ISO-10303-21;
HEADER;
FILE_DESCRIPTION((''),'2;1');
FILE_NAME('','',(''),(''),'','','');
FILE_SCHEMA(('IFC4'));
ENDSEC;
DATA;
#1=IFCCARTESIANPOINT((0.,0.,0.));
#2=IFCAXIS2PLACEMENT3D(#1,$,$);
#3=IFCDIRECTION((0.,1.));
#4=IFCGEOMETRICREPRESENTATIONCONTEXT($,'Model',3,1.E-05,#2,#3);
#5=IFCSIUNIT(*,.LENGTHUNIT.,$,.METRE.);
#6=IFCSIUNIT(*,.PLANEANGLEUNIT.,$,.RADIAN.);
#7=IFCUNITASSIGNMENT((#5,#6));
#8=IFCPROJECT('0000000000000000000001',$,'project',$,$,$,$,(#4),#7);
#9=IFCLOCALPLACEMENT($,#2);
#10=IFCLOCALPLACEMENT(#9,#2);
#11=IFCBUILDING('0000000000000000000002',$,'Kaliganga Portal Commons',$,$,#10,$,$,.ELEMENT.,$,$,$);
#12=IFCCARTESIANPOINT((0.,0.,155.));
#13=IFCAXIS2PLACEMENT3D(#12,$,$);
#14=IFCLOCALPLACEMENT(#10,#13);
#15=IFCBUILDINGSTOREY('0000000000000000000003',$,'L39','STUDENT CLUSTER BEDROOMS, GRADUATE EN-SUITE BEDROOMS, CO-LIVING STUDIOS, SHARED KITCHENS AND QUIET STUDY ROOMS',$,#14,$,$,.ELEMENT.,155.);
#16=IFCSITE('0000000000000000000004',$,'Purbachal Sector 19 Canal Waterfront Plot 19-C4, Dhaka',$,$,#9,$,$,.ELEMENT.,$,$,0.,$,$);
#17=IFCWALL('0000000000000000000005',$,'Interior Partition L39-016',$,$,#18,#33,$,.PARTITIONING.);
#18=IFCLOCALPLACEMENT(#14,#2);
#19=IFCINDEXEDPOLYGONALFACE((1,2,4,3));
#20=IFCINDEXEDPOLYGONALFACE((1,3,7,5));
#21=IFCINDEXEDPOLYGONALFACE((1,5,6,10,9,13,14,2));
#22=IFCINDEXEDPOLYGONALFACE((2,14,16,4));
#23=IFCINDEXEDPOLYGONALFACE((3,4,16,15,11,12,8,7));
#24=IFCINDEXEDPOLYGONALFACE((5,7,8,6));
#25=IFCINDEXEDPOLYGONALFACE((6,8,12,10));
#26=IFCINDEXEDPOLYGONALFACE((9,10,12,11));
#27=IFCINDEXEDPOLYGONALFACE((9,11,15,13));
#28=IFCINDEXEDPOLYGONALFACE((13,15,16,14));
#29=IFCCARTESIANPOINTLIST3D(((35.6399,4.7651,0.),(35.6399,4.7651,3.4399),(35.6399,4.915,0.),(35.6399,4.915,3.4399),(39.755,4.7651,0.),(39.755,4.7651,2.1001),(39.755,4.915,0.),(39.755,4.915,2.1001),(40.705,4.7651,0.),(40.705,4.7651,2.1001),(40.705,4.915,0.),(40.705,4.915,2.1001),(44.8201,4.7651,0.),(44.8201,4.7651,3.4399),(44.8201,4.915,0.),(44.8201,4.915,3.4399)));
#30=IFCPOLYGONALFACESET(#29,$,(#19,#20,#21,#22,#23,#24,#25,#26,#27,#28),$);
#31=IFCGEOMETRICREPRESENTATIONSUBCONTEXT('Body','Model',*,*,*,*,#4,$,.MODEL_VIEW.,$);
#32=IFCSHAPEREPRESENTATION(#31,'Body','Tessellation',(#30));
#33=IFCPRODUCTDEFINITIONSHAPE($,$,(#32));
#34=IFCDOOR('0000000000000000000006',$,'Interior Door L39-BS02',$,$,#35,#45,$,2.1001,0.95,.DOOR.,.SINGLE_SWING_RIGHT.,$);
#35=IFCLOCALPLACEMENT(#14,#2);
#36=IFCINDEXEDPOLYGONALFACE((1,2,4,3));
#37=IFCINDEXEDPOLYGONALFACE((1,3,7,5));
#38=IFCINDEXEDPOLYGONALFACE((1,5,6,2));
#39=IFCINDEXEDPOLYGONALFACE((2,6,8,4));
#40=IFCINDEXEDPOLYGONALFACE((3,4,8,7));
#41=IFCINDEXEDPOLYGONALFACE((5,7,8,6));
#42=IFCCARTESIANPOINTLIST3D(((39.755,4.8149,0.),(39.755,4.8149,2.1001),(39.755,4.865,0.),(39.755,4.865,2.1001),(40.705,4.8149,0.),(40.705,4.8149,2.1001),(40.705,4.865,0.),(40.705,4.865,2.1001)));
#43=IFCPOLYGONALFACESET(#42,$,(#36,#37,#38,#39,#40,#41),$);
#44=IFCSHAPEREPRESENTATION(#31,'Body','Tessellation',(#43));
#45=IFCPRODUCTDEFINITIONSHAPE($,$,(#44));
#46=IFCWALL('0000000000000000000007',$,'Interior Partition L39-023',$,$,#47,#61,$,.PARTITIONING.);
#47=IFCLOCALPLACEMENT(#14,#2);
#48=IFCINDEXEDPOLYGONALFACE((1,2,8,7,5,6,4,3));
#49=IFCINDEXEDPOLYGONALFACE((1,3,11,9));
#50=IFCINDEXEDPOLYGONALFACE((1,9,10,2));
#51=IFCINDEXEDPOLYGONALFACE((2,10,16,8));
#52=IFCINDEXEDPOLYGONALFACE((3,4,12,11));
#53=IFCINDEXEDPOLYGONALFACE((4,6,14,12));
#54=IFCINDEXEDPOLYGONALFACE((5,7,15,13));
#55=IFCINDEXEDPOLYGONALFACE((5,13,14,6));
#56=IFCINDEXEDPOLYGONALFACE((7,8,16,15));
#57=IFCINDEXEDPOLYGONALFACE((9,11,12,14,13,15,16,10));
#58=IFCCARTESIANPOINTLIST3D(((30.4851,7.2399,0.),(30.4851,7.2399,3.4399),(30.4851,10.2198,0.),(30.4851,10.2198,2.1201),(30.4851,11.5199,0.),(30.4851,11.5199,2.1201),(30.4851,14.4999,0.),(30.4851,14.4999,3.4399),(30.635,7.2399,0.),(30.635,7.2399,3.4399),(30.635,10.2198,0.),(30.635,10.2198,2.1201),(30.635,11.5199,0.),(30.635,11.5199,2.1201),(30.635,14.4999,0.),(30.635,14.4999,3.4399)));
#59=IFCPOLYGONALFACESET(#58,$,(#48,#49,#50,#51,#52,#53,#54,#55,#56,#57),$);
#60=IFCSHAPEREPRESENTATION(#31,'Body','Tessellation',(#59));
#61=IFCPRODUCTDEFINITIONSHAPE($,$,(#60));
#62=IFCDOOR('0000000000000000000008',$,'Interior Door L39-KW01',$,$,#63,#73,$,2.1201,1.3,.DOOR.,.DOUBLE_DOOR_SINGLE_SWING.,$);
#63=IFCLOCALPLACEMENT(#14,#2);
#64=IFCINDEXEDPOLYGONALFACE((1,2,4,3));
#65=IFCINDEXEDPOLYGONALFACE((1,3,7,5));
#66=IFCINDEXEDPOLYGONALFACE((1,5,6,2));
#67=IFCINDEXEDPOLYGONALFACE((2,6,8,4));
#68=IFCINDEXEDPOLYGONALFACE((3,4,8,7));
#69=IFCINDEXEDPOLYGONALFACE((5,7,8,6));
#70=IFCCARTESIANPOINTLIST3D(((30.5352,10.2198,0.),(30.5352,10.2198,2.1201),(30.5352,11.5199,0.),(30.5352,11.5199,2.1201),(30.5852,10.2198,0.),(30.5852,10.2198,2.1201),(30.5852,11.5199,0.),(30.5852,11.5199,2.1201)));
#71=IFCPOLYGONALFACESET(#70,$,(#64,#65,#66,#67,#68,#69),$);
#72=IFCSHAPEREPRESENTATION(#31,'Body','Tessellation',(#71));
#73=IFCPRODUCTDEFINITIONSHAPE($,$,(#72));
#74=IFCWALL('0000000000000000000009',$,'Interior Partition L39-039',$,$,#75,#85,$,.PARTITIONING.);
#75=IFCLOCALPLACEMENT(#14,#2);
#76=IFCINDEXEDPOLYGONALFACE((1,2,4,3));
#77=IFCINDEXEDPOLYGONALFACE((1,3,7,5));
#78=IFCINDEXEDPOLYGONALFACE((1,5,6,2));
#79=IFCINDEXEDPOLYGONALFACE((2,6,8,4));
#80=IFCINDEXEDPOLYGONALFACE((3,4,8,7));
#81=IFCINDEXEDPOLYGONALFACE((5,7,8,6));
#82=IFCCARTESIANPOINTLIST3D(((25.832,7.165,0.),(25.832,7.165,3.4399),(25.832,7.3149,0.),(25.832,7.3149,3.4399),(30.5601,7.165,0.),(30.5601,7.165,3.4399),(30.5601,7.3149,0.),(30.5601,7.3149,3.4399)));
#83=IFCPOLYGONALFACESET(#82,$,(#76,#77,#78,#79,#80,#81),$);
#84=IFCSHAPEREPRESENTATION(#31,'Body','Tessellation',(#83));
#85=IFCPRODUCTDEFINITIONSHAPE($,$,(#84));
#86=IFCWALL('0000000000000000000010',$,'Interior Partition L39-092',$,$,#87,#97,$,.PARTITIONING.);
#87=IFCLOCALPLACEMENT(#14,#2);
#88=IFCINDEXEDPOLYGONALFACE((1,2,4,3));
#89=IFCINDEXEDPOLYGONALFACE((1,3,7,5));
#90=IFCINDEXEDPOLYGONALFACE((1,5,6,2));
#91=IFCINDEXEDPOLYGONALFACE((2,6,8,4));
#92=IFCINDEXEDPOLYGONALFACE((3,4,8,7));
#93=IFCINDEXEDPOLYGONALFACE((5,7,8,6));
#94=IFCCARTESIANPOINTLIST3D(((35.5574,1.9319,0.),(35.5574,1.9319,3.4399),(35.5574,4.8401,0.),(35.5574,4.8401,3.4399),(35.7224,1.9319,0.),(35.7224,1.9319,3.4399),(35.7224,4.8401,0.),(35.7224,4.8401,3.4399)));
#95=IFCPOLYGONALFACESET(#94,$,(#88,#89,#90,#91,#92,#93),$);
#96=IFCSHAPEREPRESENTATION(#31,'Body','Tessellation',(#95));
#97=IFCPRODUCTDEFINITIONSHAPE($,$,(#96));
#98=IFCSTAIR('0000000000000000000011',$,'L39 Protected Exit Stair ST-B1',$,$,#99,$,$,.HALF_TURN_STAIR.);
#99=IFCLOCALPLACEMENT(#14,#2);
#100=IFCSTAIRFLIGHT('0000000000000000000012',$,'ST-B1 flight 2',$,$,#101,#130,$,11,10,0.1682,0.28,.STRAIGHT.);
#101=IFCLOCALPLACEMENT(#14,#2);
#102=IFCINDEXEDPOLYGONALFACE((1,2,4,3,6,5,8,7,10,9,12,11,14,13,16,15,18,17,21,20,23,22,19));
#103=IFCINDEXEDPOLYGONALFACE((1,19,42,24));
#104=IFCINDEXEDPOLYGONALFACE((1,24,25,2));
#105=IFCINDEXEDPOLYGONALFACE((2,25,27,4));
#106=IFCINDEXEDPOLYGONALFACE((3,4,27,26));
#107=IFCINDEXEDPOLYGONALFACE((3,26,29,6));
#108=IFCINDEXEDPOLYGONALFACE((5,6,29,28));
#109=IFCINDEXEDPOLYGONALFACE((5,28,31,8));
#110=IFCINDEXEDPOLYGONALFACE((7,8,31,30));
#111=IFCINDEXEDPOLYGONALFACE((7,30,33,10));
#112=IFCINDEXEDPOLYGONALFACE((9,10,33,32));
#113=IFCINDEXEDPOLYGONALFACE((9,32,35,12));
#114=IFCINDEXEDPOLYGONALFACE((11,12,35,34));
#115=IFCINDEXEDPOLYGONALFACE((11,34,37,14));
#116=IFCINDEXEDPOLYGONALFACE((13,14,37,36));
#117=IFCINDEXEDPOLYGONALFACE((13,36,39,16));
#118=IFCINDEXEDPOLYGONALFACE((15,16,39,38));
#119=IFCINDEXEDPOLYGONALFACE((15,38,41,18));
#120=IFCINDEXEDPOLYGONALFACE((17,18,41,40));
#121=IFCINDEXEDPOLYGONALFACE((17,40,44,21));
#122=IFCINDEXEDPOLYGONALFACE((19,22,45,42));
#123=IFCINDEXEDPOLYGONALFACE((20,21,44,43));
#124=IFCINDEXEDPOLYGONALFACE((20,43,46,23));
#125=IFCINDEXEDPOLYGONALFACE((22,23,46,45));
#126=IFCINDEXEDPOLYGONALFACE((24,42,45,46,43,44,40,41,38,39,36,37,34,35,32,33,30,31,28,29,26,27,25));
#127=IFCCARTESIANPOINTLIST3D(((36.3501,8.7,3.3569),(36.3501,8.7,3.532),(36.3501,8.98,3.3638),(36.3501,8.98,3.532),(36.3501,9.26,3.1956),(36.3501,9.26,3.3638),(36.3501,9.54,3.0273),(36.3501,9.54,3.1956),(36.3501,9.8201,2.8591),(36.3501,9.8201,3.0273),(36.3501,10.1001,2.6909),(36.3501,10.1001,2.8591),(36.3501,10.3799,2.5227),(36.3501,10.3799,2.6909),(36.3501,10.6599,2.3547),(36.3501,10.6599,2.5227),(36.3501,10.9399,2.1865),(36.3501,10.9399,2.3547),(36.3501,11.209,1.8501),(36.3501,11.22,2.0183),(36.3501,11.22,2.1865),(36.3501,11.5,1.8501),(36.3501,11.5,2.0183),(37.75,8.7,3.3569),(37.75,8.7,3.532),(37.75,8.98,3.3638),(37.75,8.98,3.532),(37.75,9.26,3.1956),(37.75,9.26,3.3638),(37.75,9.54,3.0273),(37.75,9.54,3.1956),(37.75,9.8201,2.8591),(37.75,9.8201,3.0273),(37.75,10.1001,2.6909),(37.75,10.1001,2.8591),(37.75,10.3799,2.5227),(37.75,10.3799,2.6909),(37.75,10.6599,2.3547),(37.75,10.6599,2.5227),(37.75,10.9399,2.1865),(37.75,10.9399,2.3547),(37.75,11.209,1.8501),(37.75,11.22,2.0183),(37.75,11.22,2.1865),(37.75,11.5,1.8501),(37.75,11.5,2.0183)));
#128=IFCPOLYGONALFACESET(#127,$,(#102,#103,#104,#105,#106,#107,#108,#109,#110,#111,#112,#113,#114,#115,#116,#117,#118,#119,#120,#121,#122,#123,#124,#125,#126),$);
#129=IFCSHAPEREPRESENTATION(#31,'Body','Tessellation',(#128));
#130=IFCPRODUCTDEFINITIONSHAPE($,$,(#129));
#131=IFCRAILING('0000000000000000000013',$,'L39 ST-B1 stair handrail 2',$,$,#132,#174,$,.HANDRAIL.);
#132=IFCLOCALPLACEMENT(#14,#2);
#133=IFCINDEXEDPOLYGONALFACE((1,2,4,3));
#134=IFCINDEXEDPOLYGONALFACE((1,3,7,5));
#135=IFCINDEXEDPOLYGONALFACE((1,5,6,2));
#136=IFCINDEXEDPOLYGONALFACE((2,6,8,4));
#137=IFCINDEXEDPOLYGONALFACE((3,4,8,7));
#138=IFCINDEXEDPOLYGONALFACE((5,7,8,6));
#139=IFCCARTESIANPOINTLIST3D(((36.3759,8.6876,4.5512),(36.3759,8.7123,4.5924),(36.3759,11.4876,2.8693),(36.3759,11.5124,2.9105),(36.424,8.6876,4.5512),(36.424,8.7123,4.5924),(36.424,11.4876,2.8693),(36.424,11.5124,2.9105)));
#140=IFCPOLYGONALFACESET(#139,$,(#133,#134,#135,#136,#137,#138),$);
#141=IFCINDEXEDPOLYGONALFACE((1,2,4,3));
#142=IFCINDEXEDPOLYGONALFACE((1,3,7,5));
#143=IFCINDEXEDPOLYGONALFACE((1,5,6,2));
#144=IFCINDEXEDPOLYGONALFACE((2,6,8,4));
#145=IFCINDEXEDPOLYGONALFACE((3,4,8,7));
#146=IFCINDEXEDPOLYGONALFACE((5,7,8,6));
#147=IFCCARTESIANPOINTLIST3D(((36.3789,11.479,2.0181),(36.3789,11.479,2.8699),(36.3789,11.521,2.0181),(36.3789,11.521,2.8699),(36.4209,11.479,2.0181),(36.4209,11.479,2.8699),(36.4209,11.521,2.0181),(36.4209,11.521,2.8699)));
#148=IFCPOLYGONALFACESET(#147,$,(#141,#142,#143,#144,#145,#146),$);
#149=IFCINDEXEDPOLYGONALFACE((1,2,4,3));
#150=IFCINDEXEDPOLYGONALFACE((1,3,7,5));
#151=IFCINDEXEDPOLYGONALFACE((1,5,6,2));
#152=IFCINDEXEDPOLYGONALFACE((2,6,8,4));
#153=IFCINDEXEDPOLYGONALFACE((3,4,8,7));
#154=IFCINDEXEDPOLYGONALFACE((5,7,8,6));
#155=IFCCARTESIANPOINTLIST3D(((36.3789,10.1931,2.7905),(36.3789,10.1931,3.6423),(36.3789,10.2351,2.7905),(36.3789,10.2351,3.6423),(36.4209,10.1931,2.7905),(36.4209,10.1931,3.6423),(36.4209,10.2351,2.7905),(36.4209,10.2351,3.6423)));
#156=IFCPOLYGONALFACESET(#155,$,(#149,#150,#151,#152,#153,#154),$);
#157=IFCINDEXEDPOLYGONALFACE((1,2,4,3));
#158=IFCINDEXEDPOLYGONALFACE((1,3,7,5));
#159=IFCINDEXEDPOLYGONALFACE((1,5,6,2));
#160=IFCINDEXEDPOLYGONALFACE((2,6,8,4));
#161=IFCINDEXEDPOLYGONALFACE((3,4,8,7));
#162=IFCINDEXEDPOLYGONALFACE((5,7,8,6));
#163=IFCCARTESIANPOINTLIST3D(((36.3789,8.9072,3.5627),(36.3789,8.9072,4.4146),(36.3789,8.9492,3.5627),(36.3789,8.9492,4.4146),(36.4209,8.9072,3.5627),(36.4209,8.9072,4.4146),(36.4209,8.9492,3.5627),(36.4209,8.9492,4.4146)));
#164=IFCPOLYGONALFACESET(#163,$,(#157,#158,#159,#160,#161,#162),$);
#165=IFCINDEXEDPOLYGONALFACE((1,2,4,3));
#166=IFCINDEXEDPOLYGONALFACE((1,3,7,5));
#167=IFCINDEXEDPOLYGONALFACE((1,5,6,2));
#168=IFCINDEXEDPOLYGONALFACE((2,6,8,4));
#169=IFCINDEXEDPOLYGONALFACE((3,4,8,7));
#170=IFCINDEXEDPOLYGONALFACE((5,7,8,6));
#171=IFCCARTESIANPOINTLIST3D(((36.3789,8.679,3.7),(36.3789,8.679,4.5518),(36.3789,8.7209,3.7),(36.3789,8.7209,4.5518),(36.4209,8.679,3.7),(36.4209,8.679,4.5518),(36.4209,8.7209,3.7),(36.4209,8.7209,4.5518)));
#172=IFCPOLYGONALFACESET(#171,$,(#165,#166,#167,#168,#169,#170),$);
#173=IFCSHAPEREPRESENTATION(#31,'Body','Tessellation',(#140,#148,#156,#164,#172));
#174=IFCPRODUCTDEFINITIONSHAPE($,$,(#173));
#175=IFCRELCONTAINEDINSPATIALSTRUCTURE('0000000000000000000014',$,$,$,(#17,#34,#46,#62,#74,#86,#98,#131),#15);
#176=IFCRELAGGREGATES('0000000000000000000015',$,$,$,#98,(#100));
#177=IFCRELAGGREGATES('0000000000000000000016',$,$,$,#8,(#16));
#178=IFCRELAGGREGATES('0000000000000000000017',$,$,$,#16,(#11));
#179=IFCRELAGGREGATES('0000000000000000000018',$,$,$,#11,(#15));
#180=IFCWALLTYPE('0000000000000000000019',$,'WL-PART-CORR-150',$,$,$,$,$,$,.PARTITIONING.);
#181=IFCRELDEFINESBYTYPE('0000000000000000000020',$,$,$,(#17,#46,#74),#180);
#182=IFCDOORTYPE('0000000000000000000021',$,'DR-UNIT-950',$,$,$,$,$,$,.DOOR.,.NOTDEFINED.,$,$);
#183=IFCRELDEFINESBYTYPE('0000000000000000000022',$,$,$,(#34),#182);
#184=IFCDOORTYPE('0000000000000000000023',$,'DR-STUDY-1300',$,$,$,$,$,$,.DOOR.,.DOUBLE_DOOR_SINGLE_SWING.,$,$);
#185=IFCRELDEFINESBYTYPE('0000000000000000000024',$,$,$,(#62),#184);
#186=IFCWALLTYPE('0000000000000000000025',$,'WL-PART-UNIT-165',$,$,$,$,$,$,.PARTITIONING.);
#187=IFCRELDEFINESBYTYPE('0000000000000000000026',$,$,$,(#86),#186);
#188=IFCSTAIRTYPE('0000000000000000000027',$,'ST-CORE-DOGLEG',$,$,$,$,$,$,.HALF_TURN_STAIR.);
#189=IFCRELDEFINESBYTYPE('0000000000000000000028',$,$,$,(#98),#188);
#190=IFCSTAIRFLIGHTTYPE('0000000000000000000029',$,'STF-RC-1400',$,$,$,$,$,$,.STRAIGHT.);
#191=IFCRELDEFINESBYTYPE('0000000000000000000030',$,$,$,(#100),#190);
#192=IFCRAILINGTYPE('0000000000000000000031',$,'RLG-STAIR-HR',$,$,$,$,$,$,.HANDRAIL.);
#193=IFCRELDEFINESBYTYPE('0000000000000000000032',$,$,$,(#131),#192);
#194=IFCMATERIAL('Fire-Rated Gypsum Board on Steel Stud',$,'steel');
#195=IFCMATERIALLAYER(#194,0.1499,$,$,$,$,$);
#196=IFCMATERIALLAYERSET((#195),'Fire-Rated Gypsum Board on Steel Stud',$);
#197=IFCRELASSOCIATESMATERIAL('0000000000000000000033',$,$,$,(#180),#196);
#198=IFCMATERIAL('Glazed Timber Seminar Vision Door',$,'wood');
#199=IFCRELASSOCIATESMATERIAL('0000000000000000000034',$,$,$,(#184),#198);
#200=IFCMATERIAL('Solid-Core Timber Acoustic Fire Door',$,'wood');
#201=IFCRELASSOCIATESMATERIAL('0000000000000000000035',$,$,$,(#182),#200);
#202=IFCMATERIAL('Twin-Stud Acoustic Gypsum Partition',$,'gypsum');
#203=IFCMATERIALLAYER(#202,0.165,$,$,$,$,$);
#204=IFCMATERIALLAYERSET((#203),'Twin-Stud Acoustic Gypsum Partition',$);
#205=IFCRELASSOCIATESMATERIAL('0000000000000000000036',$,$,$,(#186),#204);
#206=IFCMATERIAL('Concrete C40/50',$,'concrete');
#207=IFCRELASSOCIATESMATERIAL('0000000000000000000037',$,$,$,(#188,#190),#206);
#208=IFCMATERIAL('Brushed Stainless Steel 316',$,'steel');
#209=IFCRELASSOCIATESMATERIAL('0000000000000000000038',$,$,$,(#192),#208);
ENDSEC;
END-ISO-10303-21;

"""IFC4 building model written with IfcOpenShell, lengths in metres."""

from ifc_helpers import new_model, si_unit, direction, frame, frame_2d, origin, origin_2d, place, context, subcontext, project, spatial, polyline, rectangle, outline, extrude, material, layer, layer_set, type_object, element, fill, aggregate, save


model = new_model("IFC4")

# Units and contexts
model_context = context("Model", 3, precision=1e-05, world=origin(), true_north=direction((0.0, 1.0)))
body_context = subcontext(model_context, "Body", "Model", "MODEL_VIEW")
ifc_project = project(units=[si_unit("LENGTHUNIT", "METRE"), si_unit("PLANEANGLEUNIT", "RADIAN")], contexts=[model_context])

# Site, building, storey
site_placement = place(None, origin())
site = spatial("IfcSite", under=ifc_project, at=site_placement, Name="Purbachal Sector 19 Canal Waterfront Plot 19-C4, Dhaka", CompositionType="ELEMENT", RefElevation=0.0)
building_placement = place(site_placement, origin())
building = spatial("IfcBuilding", under=site, at=building_placement, Name="Kaliganga Portal Commons", CompositionType="ELEMENT")
storey_placement = place(building_placement, frame((0.0, 0.0, 155.0)))
storey = spatial("IfcBuildingStorey", under=building, at=storey_placement, Name="L39", Description="STUDENT CLUSTER BEDROOMS, GRADUATE EN-SUITE BEDROOMS, CO-LIVING STUDIOS, SHARED KITCHENS AND QUIET STUDY ROOMS", CompositionType="ELEMENT", Elevation=155.0)

# Walls, openings, doors
ifc_material_1 = material(Name="Fire-Rated Gypsum Board on Steel Stud", Category="steel")
ifc_layer_1 = layer(ifc_material_1, 0.1499)
ifc_layer_set_1 = layer_set([ifc_layer_1], Name="Fire-Rated Gypsum Board on Steel Stud")
wall_type_1 = type_object("IfcWallType", Name="WL-PART-CORR-150", PredefinedType="PARTITIONING", material=ifc_layer_set_1)
ifc_material_2 = material(Name="Glazed Timber Seminar Vision Door", Category="wood")
door_type_1 = type_object("IfcDoorType", Name="DR-STUDY-1300", OperationType="DOUBLE_DOOR_SINGLE_SWING", PredefinedType="DOOR", material=ifc_material_2)
wall_1_placement = place(storey_placement, frame((35.6399, 4.8401, 0.0), z_axis=(0.0, 0.0, 1.0), x_axis=(1.0, 0.0, 0.0)))
wall_1 = element("IfcWall", 1, at=wall_1_placement, inside=storey, type_object=wall_type_1, Name="Interior Partition L39-016", PredefinedType="PARTITIONING", context=body_context, shape_type="SweptSolid", body=[
    extrude(rectangle(XDim=9.1802, YDim=0.1499, at=frame_2d((4.5901, 0.0))), origin(), (0.0, 0.0, 1.0), 3.4399),
])
opening_1_placement = place(wall_1_placement, frame((4.115, 0.0, 0.0)))
opening_1 = element("IfcOpeningElement", 2, at=opening_1_placement, cuts=wall_1, PredefinedType="OPENING", context=body_context, shape_type="SweptSolid", body=[
    extrude(rectangle(XDim=0.95, YDim=2.1001, at=frame_2d((0.4751, 1.05))), frame((0.0, 0.085, 0.0), z_axis=(0.0, -1.0, 0.0), x_axis=(1.0, 0.0, 0.0)), (0.0, 0.0, 1.0), 0.1699),
])
ifc_material_3 = material(Name="Solid-Core Timber Acoustic Fire Door", Category="wood")
door_type_2 = type_object("IfcDoorType", Name="DR-UNIT-950", OperationType="NOTDEFINED", PredefinedType="DOOR", material=ifc_material_3)
door_1_placement = place(opening_1_placement, origin())
door_1 = element("IfcDoor", 3, at=door_1_placement, inside=storey, type_object=door_type_2, Name="Interior Door L39-BS02", OperationType="SINGLE_SWING_RIGHT", OverallHeight=2.1001, OverallWidth=0.95, PredefinedType="DOOR", context=body_context, shape_type="SweptSolid", body=[
    extrude(rectangle(XDim=0.95, YDim=2.1001, at=frame_2d((0.4751, 1.05))), frame((0.0, 0.0249, 0.0), z_axis=(0.0, -1.0, 0.0), x_axis=(1.0, 0.0, 0.0)), (0.0, 0.0, 1.0), 0.05),
])
fill(opening_1, door_1)
wall_2_placement = place(storey_placement, frame((30.5601, 7.24, 0.0), z_axis=(0.0, 0.0, 1.0), x_axis=(0.0, 1.0, 0.0)))
wall_2 = element("IfcWall", 4, at=wall_2_placement, inside=storey, type_object=wall_type_1, Name="Interior Partition L39-023", PredefinedType="PARTITIONING", context=body_context, shape_type="SweptSolid", body=[
    extrude(rectangle(XDim=7.26, YDim=0.1499, at=frame_2d((3.6299, 0.0))), origin(), (0.0, 0.0, 1.0), 3.4399),
])
opening_2_placement = place(wall_2_placement, frame((2.98, 0.0, 0.0)))
opening_2 = element("IfcOpeningElement", 5, at=opening_2_placement, cuts=wall_2, PredefinedType="OPENING", context=body_context, shape_type="SweptSolid", body=[
    extrude(rectangle(XDim=1.3, YDim=2.1201, at=frame_2d((0.6499, 1.0601))), frame((0.0, 0.085, 0.0), z_axis=(0.0, -1.0, 0.0), x_axis=(1.0, 0.0, 0.0)), (0.0, 0.0, 1.0), 0.1699),
])
door_2_placement = place(opening_2_placement, origin())
door_2 = element("IfcDoor", 6, at=door_2_placement, inside=storey, type_object=door_type_1, Name="Interior Door L39-KW01", OperationType="DOUBLE_DOOR_SINGLE_SWING", OverallHeight=2.1201, OverallWidth=1.3, PredefinedType="DOOR", context=body_context, shape_type="SweptSolid", body=[
    extrude(rectangle(XDim=1.3, YDim=2.1201, at=frame_2d((0.6499, 1.0601))), frame((0.0, 0.0249, 0.0), z_axis=(0.0, -1.0, 0.0), x_axis=(1.0, 0.0, 0.0)), (0.0, 0.0, 1.0), 0.05),
])
fill(opening_2, door_2)

# Walls
wall_3_placement = place(storey_placement, frame((25.832, 7.24, 0.0), z_axis=(0.0, 0.0, 1.0), x_axis=(1.0, 0.0, 0.0)))
element("IfcWall", 7, at=wall_3_placement, inside=storey, type_object=wall_type_1, Name="Interior Partition L39-039", PredefinedType="PARTITIONING", context=body_context, shape_type="SweptSolid", body=[
    extrude(rectangle(XDim=4.728, YDim=0.1499, at=frame_2d((2.364, 0.0))), origin(), (0.0, 0.0, 1.0), 3.4399),
])
ifc_material_4 = material(Name="Twin-Stud Acoustic Gypsum Partition", Category="gypsum")
ifc_layer_2 = layer(ifc_material_4, 0.165)
ifc_layer_set_2 = layer_set([ifc_layer_2], Name="Twin-Stud Acoustic Gypsum Partition")
wall_type_2 = type_object("IfcWallType", Name="WL-PART-UNIT-165", PredefinedType="PARTITIONING", material=ifc_layer_set_2)
wall_4_placement = place(storey_placement, frame((35.6399, 1.9319, 0.0), z_axis=(0.0, 0.0, 1.0), x_axis=(0.0, 1.0, 0.0)))
element("IfcWall", 8, at=wall_4_placement, inside=storey, type_object=wall_type_2, Name="Interior Partition L39-092", PredefinedType="PARTITIONING", context=body_context, shape_type="SweptSolid", body=[
    extrude(rectangle(XDim=2.9082, YDim=0.165, at=frame_2d((1.4541, 0.0))), origin(), (0.0, 0.0, 1.0), 3.4399),
])

# Stair, stair flight
ifc_material_5 = material(Name="Concrete C40/50", Category="concrete")
stair_type = type_object("IfcStairType", Name="ST-CORE-DOGLEG", PredefinedType="HALF_TURN_STAIR", material=ifc_material_5)
stair_placement = place(storey_placement, origin())
stair = element("IfcStair", 9, at=stair_placement, inside=storey, type_object=stair_type, Name="L39 Protected Exit Stair ST-B1", PredefinedType="HALF_TURN_STAIR")
stair_flight_type = type_object("IfcStairFlightType", Name="STF-RC-1400", PredefinedType="STRAIGHT", material=ifc_material_5)
stair_flight_placement = place(storey_placement, frame((37.05, 11.5, 1.8501), z_axis=(0.0, 0.0, 1.0), x_axis=(0.0, -1.0, 0.0)))
stair_flight = element("IfcStairFlight", 10, at=stair_flight_placement, type_object=stair_flight_type, Name="ST-B1 flight 2", NumberOfRisers=11, NumberOfTreads=10, PredefinedType="STRAIGHT", RiserHeight=0.1682, TreadLength=0.28, context=body_context, shape_type="SweptSolid", body=[
    extrude(outline(polyline([(0.0, 0.0), (0.0, 0.1682), (0.28, 0.1682), (0.28, 0.3364), (0.5601, 0.3364), (0.5601, 0.5046), (0.8401, 0.5046), (0.8401, 0.6726), (1.1201, 0.6726), (1.1201, 0.8408), (1.3999, 0.8408), (1.3999, 1.009), (1.6799, 1.009), (1.6799, 1.1772), (1.96, 1.1772), (1.96, 1.3455), (2.24, 1.3455), (2.24, 1.5137), (2.52, 1.5137), (2.52, 1.6819), (2.8, 1.6819), (2.8, 1.8501), (2.8, 1.5068), (0.291, 0.0), (0.0, 0.0)])), frame((0.0, 0.7, 0.0), z_axis=(0.0, -1.0, 0.0), x_axis=(1.0, 0.0, 0.0)), (0.0, 0.0, 1.0), 1.3999),
])
aggregate(stair, [stair_flight])

# Railing
ifc_material_6 = material(Name="Brushed Stainless Steel 316", Category="steel")
railing_type = type_object("IfcRailingType", Name="RLG-STAIR-HR", PredefinedType="HANDRAIL", material=ifc_material_6)
railing_placement = place(storey_placement, frame((36.3999, 11.5, 2.0181)))
element("IfcRailing", 11, at=railing_placement, inside=storey, type_object=railing_type, Name="L39 ST-B1 stair handrail 2", PredefinedType="HANDRAIL", context=body_context, shape_type="SweptSolid", body=[
    extrude(rectangle(XDim=0.0481, YDim=0.0481, at=origin_2d()), frame((0.0, 0.0, 0.8718), z_axis=(0.0, -0.857242, 0.514913), x_axis=(1.0, 0.0, 0.0)), (0.0, 0.0, 1.0), 3.2664),
    extrude(rectangle(XDim=0.042, YDim=0.042, at=origin_2d()), origin(), (0.0, 0.0, 1.0), 0.8518),
    extrude(rectangle(XDim=0.042, YDim=0.042, at=origin_2d()), frame((0.0, -1.2859, 0.7725)), (0.0, 0.0, 1.0), 0.8518),
    extrude(rectangle(XDim=0.042, YDim=0.042, at=origin_2d()), frame((0.0, -2.5718, 1.5447)), (0.0, 0.0, 1.0), 0.8518),
    extrude(rectangle(XDim=0.042, YDim=0.042, at=origin_2d()), frame((0.0, -2.8, 1.6819)), (0.0, 0.0, 1.0), 0.8518),
])

save(model, "model.ifc")
